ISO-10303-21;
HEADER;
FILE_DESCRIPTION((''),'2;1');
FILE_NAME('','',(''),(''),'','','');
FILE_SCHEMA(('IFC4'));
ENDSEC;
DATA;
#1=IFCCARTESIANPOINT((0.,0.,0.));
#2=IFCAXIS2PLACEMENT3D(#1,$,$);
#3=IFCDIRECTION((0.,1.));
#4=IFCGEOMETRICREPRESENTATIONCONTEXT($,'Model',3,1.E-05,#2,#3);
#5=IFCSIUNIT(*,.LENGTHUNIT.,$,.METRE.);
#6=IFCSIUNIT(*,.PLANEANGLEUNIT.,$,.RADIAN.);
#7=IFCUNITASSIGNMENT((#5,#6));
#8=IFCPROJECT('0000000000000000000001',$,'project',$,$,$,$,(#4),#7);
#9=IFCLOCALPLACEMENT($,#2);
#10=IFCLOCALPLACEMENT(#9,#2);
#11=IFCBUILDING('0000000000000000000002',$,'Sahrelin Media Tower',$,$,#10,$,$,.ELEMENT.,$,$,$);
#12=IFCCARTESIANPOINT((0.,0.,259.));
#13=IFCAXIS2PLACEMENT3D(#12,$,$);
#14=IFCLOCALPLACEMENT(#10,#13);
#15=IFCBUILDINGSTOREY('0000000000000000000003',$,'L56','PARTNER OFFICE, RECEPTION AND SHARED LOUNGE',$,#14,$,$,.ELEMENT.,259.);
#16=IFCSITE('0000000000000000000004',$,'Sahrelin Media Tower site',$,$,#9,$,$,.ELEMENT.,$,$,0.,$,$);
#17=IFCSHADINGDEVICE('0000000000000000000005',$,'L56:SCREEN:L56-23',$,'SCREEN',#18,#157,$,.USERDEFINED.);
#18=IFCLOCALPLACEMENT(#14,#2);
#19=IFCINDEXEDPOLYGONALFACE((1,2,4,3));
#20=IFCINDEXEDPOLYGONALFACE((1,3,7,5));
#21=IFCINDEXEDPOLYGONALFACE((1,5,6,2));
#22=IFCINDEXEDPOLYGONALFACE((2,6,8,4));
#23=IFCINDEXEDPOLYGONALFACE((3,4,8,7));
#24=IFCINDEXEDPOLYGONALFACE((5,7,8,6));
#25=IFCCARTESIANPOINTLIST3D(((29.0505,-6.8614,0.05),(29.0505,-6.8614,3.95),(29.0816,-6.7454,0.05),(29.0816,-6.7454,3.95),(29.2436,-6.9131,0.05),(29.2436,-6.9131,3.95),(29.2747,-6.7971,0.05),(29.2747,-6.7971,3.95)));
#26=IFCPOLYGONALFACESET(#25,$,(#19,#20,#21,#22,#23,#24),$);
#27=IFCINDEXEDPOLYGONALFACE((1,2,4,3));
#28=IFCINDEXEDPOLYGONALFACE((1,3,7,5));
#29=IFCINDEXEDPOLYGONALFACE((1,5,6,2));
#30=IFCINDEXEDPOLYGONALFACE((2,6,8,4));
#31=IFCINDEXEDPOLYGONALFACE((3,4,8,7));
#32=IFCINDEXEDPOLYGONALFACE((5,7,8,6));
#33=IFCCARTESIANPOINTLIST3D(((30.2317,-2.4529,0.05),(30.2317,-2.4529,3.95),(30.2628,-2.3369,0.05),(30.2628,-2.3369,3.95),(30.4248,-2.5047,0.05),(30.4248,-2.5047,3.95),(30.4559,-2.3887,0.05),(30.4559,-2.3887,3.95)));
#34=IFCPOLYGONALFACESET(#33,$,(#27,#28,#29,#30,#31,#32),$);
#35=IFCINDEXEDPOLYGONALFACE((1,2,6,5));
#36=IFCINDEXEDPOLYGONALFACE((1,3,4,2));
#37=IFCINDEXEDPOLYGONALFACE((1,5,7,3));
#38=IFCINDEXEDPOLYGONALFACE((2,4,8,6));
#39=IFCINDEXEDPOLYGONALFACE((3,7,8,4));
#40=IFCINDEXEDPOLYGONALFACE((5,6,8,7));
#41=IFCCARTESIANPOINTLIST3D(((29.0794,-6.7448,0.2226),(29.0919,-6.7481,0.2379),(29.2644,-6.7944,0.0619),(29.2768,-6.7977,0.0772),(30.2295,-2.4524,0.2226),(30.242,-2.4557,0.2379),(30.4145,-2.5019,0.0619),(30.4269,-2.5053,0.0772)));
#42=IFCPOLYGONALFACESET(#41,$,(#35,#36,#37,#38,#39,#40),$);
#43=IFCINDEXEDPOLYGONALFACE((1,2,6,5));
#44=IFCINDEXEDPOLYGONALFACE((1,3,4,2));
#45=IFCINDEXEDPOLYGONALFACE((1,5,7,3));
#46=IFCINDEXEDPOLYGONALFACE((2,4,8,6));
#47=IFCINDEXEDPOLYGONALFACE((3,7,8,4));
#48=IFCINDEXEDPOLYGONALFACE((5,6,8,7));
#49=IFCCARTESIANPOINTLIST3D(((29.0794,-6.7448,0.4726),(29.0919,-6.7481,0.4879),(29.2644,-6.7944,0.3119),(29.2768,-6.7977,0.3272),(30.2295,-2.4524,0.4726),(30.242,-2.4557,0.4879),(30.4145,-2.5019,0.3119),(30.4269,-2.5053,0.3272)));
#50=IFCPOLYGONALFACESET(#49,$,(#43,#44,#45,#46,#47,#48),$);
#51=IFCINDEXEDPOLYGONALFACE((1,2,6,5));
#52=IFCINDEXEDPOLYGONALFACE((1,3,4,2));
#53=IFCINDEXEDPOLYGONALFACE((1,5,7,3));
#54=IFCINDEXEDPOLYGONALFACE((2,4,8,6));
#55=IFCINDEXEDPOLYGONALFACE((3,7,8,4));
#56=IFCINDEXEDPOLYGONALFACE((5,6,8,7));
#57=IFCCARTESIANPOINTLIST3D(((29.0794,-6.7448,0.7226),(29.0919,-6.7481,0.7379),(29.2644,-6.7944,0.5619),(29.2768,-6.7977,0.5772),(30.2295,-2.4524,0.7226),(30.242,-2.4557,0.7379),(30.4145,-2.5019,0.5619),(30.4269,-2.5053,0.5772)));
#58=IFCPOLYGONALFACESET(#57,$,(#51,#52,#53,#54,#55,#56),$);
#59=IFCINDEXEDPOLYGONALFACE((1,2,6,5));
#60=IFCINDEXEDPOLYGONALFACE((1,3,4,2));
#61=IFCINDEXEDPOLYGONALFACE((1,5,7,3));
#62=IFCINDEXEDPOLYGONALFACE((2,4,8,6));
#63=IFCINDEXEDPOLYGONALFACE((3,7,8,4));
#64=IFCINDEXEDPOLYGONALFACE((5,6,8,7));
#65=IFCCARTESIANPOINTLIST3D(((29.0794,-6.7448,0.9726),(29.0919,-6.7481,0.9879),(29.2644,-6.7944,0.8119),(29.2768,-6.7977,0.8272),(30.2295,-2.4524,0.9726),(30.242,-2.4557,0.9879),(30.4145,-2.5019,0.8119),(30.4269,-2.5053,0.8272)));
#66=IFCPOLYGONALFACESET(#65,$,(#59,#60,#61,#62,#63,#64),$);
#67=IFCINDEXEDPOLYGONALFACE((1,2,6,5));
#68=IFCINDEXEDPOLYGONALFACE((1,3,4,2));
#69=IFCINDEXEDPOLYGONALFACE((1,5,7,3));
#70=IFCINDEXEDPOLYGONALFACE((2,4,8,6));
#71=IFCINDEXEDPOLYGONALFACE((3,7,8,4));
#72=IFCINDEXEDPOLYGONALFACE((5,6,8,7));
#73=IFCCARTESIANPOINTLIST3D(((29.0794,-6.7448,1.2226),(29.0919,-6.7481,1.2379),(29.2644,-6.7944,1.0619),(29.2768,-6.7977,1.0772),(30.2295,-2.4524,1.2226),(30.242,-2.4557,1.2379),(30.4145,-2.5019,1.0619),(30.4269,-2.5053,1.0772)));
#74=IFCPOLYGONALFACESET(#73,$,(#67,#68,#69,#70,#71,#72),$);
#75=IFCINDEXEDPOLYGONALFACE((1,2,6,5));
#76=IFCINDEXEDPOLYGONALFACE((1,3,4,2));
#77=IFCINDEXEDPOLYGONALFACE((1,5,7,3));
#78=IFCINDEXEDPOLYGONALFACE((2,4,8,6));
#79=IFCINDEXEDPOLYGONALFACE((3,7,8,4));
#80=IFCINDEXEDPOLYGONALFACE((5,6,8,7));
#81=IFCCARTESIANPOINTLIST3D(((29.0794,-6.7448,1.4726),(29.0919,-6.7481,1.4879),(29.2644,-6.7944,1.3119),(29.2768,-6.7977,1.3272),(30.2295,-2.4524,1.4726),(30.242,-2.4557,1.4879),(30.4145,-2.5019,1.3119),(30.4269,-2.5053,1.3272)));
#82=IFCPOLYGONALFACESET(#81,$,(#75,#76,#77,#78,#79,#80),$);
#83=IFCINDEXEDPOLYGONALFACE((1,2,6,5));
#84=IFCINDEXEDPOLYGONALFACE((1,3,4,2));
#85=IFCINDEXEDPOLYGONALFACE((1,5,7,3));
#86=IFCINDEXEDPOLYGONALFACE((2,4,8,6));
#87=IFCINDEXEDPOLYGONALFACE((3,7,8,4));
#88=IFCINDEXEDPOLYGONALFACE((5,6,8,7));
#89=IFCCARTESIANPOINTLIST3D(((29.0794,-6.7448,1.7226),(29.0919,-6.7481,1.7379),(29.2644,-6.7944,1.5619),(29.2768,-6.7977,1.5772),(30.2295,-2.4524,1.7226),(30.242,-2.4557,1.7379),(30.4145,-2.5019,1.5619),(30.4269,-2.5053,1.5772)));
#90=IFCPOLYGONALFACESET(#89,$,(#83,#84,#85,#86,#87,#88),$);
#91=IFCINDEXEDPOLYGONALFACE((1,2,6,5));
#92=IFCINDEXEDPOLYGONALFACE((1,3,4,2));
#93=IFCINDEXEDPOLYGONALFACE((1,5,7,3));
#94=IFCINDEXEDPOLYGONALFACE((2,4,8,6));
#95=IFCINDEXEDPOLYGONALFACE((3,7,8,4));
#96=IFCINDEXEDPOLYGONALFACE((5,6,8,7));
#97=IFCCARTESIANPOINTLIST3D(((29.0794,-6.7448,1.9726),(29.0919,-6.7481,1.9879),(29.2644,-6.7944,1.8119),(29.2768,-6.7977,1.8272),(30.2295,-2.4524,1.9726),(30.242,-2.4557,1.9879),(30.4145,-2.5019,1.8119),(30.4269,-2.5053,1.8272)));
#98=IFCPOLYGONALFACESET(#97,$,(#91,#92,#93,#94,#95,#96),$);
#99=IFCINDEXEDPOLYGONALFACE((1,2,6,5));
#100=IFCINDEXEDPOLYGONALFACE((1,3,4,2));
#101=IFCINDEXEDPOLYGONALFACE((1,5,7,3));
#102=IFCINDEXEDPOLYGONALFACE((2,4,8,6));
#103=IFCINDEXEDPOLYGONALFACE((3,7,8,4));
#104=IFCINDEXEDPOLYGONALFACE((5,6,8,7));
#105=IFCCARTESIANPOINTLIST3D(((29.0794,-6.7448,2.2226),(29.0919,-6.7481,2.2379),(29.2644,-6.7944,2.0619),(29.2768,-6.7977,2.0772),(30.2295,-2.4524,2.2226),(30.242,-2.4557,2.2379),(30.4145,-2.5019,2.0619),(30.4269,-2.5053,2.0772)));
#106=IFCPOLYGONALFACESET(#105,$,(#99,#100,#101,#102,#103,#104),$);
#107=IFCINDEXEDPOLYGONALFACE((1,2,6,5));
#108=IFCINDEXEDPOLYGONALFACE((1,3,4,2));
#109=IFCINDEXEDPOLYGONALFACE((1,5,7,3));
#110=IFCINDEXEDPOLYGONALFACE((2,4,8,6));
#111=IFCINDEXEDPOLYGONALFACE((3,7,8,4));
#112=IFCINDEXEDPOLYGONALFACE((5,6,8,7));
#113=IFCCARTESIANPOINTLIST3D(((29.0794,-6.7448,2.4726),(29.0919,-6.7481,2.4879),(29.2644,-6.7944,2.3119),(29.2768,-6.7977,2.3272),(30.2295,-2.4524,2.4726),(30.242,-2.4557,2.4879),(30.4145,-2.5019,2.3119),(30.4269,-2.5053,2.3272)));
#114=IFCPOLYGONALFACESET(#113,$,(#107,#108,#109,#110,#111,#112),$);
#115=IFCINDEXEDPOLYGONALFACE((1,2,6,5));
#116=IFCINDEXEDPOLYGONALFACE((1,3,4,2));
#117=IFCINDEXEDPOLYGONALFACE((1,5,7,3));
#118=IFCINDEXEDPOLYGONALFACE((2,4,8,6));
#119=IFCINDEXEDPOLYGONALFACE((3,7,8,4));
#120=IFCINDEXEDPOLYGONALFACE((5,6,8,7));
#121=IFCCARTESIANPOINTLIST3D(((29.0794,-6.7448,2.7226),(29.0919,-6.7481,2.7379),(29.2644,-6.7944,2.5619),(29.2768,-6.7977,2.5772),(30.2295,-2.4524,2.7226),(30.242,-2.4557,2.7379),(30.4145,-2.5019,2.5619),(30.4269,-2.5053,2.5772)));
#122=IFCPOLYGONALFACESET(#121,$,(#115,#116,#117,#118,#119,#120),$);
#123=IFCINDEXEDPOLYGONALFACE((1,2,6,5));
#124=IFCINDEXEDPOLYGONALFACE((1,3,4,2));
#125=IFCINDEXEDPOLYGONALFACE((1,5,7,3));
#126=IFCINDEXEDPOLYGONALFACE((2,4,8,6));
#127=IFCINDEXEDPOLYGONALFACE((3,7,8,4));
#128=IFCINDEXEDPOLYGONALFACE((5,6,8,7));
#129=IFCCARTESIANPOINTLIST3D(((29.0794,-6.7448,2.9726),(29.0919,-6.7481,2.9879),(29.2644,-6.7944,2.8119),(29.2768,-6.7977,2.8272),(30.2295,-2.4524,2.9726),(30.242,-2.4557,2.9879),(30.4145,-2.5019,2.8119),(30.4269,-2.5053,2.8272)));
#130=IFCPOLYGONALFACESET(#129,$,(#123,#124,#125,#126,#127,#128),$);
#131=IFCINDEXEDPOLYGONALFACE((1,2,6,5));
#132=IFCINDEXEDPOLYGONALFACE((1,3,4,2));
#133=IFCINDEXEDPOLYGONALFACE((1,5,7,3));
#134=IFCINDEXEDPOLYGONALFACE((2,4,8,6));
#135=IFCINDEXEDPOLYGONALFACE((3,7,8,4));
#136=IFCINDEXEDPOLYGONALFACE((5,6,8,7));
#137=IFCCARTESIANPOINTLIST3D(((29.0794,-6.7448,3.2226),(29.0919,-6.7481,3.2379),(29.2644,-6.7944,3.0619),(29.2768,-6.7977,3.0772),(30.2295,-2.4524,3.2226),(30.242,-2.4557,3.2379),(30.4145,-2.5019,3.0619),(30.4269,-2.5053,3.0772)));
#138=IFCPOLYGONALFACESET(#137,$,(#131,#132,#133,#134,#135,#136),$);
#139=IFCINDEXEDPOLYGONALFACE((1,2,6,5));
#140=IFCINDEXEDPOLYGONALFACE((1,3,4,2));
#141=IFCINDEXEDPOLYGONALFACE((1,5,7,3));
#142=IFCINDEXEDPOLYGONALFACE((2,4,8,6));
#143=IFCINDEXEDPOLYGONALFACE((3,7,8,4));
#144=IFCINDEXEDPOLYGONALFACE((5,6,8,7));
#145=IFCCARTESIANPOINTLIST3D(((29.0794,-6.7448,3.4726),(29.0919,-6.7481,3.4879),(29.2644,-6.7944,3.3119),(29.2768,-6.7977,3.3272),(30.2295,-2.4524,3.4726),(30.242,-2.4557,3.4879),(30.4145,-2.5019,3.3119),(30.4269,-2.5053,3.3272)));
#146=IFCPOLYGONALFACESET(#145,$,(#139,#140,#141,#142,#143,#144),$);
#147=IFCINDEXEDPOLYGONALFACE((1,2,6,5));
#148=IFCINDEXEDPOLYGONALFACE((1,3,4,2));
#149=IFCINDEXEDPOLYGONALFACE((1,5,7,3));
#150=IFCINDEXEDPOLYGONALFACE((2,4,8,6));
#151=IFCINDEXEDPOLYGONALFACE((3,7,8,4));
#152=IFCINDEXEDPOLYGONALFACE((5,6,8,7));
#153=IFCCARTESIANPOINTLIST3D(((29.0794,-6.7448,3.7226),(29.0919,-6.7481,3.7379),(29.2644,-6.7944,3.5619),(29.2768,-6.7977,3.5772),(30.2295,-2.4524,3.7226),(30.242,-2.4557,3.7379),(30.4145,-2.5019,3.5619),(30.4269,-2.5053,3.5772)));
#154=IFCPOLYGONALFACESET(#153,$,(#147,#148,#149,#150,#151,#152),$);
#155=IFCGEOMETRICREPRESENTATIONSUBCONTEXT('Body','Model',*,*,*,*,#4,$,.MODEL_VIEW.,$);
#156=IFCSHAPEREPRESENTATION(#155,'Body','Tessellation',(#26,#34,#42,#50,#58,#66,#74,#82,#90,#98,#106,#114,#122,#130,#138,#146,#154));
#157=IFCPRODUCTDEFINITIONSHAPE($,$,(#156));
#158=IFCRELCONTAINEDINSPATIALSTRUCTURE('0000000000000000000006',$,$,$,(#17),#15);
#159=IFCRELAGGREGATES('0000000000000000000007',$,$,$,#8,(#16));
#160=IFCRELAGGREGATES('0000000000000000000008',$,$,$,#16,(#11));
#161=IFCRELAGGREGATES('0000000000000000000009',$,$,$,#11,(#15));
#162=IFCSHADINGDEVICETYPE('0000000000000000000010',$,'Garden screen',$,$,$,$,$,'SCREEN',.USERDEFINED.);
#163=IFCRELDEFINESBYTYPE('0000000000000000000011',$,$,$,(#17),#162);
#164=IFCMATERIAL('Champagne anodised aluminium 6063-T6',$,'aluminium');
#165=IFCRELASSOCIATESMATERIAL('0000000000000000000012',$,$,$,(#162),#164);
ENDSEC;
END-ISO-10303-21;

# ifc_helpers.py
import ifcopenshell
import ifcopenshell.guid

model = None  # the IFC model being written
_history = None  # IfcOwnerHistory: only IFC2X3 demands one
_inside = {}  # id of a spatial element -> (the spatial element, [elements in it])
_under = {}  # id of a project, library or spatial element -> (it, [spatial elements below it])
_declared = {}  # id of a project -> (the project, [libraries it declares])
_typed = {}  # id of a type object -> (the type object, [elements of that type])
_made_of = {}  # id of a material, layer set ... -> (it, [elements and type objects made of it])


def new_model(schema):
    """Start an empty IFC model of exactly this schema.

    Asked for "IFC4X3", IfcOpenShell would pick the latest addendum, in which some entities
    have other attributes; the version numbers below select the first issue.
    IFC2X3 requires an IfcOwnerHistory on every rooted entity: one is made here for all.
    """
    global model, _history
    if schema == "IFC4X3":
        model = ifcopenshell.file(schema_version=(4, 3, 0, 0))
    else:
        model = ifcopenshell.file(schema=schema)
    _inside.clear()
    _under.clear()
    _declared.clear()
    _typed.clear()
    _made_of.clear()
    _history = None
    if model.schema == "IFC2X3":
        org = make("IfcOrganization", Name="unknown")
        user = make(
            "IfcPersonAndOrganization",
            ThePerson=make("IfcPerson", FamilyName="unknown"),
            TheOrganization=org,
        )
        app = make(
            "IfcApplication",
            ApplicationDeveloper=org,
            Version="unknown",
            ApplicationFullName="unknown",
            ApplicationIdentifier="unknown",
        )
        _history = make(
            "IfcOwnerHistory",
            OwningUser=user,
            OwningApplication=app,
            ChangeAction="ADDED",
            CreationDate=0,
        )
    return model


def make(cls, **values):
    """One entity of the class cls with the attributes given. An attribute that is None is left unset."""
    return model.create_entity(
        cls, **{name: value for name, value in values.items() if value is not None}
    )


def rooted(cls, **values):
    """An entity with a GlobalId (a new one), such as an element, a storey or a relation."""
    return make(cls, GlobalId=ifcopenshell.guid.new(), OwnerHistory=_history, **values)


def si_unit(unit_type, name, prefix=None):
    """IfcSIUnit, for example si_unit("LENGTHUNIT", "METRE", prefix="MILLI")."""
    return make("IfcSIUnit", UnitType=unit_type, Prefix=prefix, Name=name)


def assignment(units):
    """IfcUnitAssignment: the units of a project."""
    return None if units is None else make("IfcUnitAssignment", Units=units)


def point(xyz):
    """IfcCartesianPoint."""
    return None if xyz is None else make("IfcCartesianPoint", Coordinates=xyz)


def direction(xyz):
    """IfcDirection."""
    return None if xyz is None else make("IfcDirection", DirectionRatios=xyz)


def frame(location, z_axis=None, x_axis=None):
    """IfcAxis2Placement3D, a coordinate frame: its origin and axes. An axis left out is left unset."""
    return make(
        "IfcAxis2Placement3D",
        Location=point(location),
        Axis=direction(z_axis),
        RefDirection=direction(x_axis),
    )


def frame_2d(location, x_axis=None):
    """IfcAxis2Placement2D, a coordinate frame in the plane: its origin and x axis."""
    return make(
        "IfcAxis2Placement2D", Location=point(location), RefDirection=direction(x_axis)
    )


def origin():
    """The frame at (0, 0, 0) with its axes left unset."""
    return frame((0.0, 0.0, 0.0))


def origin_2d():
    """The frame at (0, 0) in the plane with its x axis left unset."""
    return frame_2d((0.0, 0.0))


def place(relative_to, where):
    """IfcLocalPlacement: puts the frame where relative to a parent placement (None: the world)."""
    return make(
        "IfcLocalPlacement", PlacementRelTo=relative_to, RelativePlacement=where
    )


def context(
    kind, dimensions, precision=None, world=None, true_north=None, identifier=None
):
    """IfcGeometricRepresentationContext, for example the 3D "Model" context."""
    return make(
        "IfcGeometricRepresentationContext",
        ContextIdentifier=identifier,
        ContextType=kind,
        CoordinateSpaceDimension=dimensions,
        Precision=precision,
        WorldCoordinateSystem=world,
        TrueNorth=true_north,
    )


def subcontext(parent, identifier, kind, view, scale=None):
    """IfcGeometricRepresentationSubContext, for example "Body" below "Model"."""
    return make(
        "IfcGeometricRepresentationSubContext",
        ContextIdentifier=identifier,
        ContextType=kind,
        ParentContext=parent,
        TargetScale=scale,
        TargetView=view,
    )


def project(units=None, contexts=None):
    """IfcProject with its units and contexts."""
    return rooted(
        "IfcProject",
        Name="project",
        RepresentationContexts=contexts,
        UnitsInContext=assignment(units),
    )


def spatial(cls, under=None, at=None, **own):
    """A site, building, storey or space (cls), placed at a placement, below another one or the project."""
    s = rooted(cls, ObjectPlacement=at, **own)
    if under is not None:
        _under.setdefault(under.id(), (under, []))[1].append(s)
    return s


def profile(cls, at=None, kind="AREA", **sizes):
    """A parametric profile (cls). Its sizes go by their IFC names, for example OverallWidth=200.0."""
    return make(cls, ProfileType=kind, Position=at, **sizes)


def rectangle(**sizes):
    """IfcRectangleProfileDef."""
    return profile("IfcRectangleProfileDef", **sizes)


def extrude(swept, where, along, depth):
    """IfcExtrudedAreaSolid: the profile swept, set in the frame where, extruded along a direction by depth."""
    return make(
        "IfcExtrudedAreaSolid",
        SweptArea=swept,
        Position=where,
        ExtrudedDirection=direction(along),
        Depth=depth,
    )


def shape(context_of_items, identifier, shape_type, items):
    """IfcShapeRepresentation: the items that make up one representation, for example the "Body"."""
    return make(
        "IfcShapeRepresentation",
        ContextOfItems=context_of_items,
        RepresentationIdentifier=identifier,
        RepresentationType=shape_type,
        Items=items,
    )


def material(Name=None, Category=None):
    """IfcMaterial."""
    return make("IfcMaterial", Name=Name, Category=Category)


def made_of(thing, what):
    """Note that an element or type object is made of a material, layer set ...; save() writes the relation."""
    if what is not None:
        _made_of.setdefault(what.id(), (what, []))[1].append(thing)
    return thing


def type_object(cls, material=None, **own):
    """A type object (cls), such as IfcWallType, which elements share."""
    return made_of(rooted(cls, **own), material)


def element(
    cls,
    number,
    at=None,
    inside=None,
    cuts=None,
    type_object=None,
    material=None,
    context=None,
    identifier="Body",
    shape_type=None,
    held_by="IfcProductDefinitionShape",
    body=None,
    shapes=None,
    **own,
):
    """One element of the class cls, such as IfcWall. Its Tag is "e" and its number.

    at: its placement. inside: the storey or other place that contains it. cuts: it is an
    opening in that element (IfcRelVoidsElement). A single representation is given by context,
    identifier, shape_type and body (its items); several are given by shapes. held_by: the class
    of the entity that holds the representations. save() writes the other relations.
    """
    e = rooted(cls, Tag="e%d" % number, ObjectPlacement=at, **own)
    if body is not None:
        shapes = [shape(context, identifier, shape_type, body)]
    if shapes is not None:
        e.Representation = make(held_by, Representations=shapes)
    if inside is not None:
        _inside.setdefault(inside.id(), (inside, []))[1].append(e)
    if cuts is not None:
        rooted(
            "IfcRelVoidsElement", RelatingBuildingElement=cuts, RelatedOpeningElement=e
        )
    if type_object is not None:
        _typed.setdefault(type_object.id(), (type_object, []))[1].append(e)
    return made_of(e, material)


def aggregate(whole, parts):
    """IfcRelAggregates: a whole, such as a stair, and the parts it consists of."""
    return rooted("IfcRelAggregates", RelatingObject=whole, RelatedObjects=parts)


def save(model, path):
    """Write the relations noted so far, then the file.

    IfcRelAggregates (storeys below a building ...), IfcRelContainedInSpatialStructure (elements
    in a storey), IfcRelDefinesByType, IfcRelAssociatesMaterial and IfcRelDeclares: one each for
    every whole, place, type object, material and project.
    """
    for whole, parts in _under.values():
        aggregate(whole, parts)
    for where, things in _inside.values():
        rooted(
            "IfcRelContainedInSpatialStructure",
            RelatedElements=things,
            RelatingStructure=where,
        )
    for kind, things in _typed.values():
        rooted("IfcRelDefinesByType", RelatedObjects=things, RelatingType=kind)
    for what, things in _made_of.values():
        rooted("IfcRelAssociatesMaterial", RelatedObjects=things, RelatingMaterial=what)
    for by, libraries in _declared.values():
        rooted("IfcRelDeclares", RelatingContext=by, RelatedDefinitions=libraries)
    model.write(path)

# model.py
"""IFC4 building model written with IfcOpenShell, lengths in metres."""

from ifc_helpers import new_model, si_unit, direction, frame, origin, origin_2d, place, context, subcontext, project, spatial, rectangle, extrude, material, type_object, element, save


model = new_model("IFC4")

# Units and contexts
model_context = context("Model", 3, precision=1e-05, world=origin(), true_north=direction((0.0, 1.0)))
body_context = subcontext(model_context, "Body", "Model", "MODEL_VIEW")
ifc_project = project(units=[si_unit("LENGTHUNIT", "METRE"), si_unit("PLANEANGLEUNIT", "RADIAN")], contexts=[model_context])

# Site, building, storey
site_placement = place(None, origin())
site = spatial("IfcSite", under=ifc_project, at=site_placement, Name="Sahrelin Media Tower site", CompositionType="ELEMENT", RefElevation=0.0)
building_placement = place(site_placement, origin())
building = spatial("IfcBuilding", under=site, at=building_placement, Name="Sahrelin Media Tower", CompositionType="ELEMENT")
storey_placement = place(building_placement, frame((0.0, 0.0, 259.0)))
storey = spatial("IfcBuildingStorey", under=building, at=storey_placement, Name="L56", Description="PARTNER OFFICE, RECEPTION AND SHARED LOUNGE", CompositionType="ELEMENT", Elevation=259.0)

# Shading device
ifc_material_1 = material(Name="Champagne anodised aluminium 6063-T6", Category="aluminium")
shading_device_type = type_object("IfcShadingDeviceType", Name="Garden screen", ElementType="SCREEN", PredefinedType="USERDEFINED", material=ifc_material_1)
shading_device_1_placement = place(storey_placement, frame((29.6565, -4.5991, 0.0), z_axis=(0.0, 0.0, 1.0), x_axis=(-0.258808, -0.965929, 0.0)))
element("IfcShadingDevice", 1, at=shading_device_1_placement, inside=storey, type_object=shading_device_type, Name="L56:SCREEN:L56-23", ObjectType="SCREEN", PredefinedType="USERDEFINED", context=body_context, shape_type="SweptSolid", body=[
    extrude(rectangle(XDim=0.1201, YDim=0.2, at=origin_2d()), frame((2.282, 0.1001, 0.05), z_axis=(0.0, 0.0, 1.0), x_axis=(1.0, 0.0, 0.0)), (0.0, 0.0, 1.0), 3.8999),
    extrude(rectangle(XDim=0.1201, YDim=0.2, at=origin_2d()), frame((-2.282, 0.1001, 0.05), z_axis=(0.0, 0.0, 1.0), x_axis=(1.0, 0.0, 0.0)), (0.0, 0.0, 1.0), 3.8999),
    extrude(rectangle(XDim=0.25, YDim=0.02, at=origin_2d()), frame((2.2219, 0.1001, 0.1499), z_axis=(-1.0, 0.0, 0.0), x_axis=(0.0, -0.766044, 0.642788)), (0.0, 0.0, 1.0), 4.4438),
    extrude(rectangle(XDim=0.25, YDim=0.02, at=origin_2d()), frame((2.2219, 0.1001, 0.3999), z_axis=(-1.0, 0.0, 0.0), x_axis=(0.0, -0.766044, 0.642788)), (0.0, 0.0, 1.0), 4.4438),
    extrude(rectangle(XDim=0.25, YDim=0.02, at=origin_2d()), frame((2.2219, 0.1001, 0.6499), z_axis=(-1.0, 0.0, 0.0), x_axis=(0.0, -0.766044, 0.642788)), (0.0, 0.0, 1.0), 4.4438),
    extrude(rectangle(XDim=0.25, YDim=0.02, at=origin_2d()), frame((2.2219, 0.1001, 0.8999), z_axis=(-1.0, 0.0, 0.0), x_axis=(0.0, -0.766044, 0.642788)), (0.0, 0.0, 1.0), 4.4438),
    extrude(rectangle(XDim=0.25, YDim=0.02, at=origin_2d()), frame((2.2219, 0.1001, 1.1499), z_axis=(-1.0, 0.0, 0.0), x_axis=(0.0, -0.766044, 0.642788)), (0.0, 0.0, 1.0), 4.4438),
    extrude(rectangle(XDim=0.25, YDim=0.02, at=origin_2d()), frame((2.2219, 0.1001, 1.3999), z_axis=(-1.0, 0.0, 0.0), x_axis=(0.0, -0.766044, 0.642788)), (0.0, 0.0, 1.0), 4.4438),
    extrude(rectangle(XDim=0.25, YDim=0.02, at=origin_2d()), frame((2.2219, 0.1001, 1.6499), z_axis=(-1.0, 0.0, 0.0), x_axis=(0.0, -0.766044, 0.642788)), (0.0, 0.0, 1.0), 4.4438),
    extrude(rectangle(XDim=0.25, YDim=0.02, at=origin_2d()), frame((2.2219, 0.1001, 1.8999), z_axis=(-1.0, 0.0, 0.0), x_axis=(0.0, -0.766044, 0.642788)), (0.0, 0.0, 1.0), 4.4438),
    extrude(rectangle(XDim=0.25, YDim=0.02, at=origin_2d()), frame((2.2219, 0.1001, 2.1499), z_axis=(-1.0, 0.0, 0.0), x_axis=(0.0, -0.766044, 0.642788)), (0.0, 0.0, 1.0), 4.4438),
    extrude(rectangle(XDim=0.25, YDim=0.02, at=origin_2d()), frame((2.2219, 0.1001, 2.3999), z_axis=(-1.0, 0.0, 0.0), x_axis=(0.0, -0.766044, 0.642788)), (0.0, 0.0, 1.0), 4.4438),
    extrude(rectangle(XDim=0.25, YDim=0.02, at=origin_2d()), frame((2.2219, 0.1001, 2.6499), z_axis=(-1.0, 0.0, 0.0), x_axis=(0.0, -0.766044, 0.642788)), (0.0, 0.0, 1.0), 4.4438),
    extrude(rectangle(XDim=0.25, YDim=0.02, at=origin_2d()), frame((2.2219, 0.1001, 2.8999), z_axis=(-1.0, 0.0, 0.0), x_axis=(0.0, -0.766044, 0.642788)), (0.0, 0.0, 1.0), 4.4438),
    extrude(rectangle(XDim=0.25, YDim=0.02, at=origin_2d()), frame((2.2219, 0.1001, 3.1499), z_axis=(-1.0, 0.0, 0.0), x_axis=(0.0, -0.766044, 0.642788)), (0.0, 0.0, 1.0), 4.4438),
    extrude(rectangle(XDim=0.25, YDim=0.02, at=origin_2d()), frame((2.2219, 0.1001, 3.3999), z_axis=(-1.0, 0.0, 0.0), x_axis=(0.0, -0.766044, 0.642788)), (0.0, 0.0, 1.0), 4.4438),
    extrude(rectangle(XDim=0.25, YDim=0.02, at=origin_2d()), frame((2.2219, 0.1001, 3.6499), z_axis=(-1.0, 0.0, 0.0), x_axis=(0.0, -0.766044, 0.642788)), (0.0, 0.0, 1.0), 4.4438),
])

save(model, "model.ifc")
